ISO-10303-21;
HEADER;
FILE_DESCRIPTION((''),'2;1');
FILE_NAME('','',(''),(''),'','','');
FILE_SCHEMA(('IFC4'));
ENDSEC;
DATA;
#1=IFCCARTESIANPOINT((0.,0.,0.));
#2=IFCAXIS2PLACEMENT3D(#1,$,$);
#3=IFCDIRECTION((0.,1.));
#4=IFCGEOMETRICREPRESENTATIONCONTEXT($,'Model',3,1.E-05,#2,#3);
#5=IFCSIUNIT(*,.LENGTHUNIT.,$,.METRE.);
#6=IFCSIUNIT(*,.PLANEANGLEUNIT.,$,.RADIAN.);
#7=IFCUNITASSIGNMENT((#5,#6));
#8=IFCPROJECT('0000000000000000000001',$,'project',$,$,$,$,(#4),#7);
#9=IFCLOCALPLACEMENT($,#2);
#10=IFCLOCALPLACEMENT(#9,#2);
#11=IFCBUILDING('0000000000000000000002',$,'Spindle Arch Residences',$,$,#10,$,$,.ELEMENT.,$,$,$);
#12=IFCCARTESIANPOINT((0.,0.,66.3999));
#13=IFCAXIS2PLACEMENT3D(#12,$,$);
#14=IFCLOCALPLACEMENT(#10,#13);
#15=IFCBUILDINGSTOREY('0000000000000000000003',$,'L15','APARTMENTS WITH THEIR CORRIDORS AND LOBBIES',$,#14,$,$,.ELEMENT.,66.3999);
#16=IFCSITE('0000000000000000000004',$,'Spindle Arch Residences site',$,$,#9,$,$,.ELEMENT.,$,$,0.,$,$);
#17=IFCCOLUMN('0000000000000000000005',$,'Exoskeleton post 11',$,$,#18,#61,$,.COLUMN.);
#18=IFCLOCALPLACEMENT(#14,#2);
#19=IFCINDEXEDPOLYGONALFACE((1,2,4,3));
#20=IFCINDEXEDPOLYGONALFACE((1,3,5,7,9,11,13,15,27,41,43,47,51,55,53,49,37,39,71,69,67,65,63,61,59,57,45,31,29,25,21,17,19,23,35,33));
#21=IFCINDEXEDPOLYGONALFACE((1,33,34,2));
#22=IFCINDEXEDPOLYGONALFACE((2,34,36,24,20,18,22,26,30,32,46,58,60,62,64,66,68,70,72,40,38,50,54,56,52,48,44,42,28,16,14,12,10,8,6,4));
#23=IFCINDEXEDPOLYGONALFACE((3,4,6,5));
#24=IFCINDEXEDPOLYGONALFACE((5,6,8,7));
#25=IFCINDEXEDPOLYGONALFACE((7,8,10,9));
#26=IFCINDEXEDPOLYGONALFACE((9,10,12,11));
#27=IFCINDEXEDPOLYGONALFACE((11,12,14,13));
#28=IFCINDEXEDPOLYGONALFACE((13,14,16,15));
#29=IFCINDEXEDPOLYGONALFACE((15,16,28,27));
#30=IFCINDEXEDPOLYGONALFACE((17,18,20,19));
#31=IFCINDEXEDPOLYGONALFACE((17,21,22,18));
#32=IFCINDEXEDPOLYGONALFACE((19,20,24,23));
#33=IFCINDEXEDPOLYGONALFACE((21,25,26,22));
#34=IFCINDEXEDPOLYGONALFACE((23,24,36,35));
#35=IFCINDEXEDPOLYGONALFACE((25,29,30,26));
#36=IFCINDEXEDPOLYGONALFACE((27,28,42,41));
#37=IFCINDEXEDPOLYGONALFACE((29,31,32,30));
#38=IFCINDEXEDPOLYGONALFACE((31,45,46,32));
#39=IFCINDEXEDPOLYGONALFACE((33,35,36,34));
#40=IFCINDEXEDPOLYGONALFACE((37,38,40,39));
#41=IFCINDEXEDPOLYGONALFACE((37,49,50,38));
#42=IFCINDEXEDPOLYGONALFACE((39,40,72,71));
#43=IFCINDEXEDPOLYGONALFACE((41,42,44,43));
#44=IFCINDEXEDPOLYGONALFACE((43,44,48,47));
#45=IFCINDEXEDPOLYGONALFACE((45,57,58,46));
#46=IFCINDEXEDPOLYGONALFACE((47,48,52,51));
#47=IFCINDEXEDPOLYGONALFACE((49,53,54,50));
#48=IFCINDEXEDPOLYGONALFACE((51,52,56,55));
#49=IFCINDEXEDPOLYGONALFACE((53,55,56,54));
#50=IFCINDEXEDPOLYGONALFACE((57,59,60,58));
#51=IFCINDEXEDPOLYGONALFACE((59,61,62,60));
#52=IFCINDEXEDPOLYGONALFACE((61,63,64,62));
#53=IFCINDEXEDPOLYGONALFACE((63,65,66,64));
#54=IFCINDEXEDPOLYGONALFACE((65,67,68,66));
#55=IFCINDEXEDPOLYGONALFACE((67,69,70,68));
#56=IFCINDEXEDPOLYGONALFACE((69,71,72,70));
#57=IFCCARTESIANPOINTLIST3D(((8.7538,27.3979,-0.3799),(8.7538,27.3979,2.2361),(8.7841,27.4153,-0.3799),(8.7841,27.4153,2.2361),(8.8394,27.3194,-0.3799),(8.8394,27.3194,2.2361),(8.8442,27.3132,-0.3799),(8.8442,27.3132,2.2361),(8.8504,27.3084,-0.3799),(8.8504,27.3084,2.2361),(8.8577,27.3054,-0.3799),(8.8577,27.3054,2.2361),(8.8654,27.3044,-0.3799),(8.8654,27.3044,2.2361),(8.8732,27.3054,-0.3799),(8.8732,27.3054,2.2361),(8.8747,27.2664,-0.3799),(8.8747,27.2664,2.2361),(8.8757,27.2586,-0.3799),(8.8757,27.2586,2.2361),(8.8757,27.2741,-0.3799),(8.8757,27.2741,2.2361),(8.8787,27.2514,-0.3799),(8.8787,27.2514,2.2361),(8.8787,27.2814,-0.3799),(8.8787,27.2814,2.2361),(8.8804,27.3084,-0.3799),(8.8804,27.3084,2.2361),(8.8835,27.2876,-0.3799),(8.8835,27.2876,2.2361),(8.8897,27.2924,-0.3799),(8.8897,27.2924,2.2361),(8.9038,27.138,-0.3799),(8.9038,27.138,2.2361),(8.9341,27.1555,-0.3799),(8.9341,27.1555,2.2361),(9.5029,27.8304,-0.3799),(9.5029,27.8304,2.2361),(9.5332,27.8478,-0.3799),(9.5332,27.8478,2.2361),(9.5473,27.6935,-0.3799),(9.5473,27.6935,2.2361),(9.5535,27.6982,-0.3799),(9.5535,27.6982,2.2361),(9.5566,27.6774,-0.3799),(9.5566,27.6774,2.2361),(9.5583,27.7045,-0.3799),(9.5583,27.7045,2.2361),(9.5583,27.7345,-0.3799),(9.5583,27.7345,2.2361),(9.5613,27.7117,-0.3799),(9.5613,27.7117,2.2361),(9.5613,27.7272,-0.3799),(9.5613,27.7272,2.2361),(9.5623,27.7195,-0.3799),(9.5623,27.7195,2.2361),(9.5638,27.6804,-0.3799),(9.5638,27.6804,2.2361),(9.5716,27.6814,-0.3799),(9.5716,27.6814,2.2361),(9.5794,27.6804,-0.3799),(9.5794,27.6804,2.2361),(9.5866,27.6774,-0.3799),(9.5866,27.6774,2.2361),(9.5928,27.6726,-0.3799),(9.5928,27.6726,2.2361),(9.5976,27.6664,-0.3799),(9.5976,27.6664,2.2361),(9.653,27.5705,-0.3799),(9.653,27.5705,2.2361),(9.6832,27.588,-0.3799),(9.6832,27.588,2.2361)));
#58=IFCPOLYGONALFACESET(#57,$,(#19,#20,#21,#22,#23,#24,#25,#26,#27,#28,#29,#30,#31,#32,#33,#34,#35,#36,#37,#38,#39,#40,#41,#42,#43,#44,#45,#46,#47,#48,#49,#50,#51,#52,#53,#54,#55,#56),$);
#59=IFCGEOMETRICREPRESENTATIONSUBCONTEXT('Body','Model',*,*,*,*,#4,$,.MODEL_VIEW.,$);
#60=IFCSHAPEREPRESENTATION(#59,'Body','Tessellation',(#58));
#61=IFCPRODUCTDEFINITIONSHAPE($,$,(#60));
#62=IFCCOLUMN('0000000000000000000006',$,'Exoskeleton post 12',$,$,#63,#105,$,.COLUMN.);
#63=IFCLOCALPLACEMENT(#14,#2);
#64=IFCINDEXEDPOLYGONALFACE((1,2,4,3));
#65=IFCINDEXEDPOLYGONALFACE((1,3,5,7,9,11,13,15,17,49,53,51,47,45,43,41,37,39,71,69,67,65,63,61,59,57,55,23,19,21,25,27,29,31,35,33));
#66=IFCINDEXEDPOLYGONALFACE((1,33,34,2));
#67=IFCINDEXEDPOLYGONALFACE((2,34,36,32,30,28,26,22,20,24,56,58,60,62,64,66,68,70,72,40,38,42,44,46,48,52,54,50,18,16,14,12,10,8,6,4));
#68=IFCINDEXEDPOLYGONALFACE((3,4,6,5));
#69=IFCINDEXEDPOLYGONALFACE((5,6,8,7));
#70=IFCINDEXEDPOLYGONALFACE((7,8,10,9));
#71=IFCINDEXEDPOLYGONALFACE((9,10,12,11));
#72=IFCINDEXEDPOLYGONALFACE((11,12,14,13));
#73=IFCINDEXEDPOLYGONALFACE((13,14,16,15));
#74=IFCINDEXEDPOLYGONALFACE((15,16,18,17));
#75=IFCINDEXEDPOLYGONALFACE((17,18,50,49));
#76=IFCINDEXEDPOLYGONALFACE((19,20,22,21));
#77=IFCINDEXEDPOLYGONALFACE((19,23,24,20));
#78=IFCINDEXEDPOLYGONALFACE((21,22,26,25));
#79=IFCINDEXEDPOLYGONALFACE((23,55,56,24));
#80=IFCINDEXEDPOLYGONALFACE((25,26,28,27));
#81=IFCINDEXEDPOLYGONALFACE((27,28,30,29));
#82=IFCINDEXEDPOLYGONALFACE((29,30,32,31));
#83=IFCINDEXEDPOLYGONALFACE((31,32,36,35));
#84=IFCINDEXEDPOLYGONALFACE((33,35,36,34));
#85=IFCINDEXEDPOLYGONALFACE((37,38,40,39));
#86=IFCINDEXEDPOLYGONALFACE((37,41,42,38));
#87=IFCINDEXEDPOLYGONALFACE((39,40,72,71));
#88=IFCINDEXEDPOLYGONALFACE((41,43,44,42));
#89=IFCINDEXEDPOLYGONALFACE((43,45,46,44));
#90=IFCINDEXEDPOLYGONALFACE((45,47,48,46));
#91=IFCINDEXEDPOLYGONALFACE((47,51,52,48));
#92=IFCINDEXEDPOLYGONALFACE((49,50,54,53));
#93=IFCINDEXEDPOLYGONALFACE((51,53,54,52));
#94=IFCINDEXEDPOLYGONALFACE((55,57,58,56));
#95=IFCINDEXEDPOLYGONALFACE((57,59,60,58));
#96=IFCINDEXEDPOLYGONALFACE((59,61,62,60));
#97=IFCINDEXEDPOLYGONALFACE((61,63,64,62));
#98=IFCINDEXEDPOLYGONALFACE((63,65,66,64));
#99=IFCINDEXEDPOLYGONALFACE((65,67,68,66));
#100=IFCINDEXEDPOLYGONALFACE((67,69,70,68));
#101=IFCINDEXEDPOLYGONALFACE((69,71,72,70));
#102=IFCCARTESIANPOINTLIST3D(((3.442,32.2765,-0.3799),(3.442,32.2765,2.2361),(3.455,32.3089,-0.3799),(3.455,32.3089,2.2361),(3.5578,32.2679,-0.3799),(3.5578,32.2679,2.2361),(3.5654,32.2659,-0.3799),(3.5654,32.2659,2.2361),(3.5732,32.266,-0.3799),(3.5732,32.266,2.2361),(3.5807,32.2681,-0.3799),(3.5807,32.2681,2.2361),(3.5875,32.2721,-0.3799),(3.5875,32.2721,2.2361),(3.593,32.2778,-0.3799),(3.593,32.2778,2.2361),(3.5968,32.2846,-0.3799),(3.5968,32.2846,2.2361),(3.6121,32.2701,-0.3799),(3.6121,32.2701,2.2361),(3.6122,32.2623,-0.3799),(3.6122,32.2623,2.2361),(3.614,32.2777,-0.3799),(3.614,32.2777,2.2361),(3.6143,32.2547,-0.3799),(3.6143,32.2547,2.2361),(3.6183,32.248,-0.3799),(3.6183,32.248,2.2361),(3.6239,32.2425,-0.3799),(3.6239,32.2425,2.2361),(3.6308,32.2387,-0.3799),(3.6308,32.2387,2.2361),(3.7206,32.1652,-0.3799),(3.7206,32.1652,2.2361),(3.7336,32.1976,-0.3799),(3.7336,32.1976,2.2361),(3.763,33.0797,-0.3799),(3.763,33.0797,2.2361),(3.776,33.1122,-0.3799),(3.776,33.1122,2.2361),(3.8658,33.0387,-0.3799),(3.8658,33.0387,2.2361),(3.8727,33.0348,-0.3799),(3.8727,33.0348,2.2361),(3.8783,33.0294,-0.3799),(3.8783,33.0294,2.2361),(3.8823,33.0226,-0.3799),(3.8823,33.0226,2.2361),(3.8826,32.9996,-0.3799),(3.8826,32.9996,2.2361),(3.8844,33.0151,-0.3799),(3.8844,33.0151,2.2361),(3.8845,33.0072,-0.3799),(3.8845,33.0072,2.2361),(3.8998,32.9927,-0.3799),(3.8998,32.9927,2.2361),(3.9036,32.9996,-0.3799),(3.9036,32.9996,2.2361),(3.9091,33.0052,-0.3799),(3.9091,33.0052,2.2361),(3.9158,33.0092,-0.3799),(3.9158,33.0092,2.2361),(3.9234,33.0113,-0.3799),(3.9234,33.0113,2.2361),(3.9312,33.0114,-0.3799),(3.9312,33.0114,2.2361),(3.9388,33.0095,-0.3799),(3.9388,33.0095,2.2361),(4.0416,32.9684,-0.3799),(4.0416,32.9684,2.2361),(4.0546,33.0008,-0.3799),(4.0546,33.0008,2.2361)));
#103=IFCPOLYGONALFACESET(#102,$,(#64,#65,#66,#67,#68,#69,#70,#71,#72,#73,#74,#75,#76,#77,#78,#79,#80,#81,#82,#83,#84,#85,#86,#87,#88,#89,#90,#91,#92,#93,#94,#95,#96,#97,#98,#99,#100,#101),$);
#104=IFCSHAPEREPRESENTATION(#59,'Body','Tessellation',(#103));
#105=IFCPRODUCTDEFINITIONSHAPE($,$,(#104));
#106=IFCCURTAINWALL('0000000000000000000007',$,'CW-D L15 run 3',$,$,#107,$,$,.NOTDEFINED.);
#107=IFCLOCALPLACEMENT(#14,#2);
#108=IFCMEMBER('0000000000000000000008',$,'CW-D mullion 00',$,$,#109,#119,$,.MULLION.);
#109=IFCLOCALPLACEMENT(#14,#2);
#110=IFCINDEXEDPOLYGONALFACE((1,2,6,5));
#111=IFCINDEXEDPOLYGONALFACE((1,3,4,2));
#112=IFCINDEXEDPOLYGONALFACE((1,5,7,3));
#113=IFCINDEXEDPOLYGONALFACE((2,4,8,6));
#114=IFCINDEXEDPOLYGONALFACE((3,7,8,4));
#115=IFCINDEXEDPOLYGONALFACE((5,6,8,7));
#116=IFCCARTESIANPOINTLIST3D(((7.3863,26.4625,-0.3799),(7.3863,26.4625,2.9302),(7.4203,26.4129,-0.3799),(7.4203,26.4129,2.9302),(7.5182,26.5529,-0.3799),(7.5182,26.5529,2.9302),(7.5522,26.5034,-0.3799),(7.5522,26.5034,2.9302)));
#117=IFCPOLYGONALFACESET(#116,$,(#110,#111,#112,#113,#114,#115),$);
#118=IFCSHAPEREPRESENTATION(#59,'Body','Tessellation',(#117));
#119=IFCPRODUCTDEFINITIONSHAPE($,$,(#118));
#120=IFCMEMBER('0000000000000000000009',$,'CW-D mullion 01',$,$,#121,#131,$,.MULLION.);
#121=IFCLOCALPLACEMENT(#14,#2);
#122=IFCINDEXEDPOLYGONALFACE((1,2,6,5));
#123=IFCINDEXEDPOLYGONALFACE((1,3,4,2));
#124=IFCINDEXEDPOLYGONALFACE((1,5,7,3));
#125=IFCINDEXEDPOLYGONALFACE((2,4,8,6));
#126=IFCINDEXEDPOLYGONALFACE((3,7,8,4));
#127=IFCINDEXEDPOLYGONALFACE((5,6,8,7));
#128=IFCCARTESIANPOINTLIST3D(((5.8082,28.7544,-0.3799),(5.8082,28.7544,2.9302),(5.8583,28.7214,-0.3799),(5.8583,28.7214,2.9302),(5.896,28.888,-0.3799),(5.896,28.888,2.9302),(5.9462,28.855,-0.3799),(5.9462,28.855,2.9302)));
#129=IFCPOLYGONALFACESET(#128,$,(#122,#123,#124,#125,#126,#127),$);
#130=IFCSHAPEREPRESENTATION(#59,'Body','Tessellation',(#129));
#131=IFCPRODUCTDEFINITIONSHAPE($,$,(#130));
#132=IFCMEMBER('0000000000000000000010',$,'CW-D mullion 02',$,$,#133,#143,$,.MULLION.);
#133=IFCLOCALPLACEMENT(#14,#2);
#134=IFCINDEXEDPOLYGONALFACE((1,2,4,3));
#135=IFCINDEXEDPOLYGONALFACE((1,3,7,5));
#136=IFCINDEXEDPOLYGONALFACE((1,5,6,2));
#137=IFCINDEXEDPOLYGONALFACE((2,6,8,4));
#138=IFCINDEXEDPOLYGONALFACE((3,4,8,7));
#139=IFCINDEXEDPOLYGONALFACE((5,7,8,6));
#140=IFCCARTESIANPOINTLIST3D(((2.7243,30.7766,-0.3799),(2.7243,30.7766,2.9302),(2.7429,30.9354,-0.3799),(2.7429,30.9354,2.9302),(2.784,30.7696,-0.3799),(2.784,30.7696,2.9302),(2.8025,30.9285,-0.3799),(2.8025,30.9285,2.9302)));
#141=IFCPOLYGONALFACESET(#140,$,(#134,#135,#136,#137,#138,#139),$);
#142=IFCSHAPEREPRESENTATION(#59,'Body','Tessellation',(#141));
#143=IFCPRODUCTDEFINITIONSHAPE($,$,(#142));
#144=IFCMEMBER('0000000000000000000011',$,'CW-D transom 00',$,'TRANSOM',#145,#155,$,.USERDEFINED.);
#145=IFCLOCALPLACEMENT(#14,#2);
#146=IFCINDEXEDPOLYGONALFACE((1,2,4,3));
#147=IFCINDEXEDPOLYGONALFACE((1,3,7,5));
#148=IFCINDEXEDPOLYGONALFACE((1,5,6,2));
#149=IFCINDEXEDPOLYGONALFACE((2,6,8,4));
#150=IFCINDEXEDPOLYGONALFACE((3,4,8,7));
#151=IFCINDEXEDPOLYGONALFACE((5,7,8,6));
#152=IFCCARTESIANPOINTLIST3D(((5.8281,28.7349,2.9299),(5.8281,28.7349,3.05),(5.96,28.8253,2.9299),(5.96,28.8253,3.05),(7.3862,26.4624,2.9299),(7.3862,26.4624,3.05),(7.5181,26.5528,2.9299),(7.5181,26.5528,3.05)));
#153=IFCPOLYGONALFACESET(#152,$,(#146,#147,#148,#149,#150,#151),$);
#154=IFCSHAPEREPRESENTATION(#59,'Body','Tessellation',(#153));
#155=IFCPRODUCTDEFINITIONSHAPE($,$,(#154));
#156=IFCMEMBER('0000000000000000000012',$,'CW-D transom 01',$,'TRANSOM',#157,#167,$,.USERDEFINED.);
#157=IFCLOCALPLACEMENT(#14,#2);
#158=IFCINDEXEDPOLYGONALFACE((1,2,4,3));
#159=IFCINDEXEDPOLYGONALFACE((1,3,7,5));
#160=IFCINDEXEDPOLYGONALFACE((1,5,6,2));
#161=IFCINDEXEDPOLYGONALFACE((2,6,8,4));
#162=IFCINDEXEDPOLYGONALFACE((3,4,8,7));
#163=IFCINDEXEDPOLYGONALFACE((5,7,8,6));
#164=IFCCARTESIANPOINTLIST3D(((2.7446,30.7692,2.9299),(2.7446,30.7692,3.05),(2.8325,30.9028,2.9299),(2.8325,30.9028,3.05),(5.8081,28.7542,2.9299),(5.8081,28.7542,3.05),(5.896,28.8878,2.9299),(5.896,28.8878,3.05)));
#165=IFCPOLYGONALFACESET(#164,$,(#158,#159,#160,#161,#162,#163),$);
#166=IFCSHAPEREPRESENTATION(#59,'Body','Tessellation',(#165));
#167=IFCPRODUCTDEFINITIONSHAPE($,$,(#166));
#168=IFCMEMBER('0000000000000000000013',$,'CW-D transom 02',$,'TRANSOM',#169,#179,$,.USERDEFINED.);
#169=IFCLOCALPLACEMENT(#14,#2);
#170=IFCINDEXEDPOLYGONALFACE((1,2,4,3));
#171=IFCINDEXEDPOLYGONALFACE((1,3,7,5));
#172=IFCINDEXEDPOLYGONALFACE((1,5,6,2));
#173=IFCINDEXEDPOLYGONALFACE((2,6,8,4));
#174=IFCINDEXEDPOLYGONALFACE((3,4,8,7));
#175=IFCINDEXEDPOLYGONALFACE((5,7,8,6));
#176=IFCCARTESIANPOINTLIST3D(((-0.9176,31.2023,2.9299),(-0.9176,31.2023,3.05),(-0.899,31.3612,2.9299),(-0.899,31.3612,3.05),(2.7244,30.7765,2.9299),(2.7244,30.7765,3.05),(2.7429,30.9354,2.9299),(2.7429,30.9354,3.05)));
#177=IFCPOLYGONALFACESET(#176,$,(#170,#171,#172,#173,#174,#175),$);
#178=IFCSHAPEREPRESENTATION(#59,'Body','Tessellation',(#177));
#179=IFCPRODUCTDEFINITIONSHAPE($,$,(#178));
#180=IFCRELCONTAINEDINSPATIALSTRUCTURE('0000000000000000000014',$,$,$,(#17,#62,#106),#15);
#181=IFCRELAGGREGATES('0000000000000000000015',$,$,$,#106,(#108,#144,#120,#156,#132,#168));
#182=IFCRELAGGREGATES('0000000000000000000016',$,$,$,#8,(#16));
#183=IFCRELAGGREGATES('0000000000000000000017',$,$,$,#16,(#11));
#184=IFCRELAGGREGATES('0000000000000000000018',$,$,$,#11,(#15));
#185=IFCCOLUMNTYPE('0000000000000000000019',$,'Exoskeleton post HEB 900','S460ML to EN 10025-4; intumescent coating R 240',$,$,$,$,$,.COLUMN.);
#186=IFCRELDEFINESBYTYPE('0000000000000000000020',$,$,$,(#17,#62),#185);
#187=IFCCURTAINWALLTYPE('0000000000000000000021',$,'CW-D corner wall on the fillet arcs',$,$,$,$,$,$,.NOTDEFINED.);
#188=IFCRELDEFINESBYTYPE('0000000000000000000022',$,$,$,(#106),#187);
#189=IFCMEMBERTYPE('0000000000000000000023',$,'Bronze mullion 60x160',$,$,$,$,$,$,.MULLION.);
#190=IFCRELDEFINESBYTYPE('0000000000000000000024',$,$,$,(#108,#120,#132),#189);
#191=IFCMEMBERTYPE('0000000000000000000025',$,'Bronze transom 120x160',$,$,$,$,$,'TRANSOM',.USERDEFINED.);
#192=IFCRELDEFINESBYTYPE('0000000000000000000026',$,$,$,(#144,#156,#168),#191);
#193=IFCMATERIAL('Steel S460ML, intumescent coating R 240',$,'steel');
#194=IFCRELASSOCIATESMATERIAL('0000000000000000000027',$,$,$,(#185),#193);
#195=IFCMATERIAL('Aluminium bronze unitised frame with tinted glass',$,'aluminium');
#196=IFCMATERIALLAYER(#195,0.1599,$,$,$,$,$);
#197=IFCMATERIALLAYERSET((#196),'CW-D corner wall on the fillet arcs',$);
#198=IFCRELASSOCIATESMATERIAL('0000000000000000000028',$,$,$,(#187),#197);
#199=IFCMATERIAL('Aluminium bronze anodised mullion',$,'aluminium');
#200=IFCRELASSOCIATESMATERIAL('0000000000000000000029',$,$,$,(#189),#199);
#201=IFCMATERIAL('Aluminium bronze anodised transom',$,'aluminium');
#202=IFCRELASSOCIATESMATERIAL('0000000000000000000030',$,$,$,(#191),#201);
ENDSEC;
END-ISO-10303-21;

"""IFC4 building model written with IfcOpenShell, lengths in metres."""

from ifc_helpers import new_model, si_unit, direction, frame, origin, origin_2d, place, context, subcontext, project, spatial, rectangle, i_section, extrude, material, layer, layer_set, material_profile, profile_set, type_object, element, aggregate, save


model = new_model("IFC4")

# Units and contexts
model_context = context("Model", 3, precision=1e-05, world=origin(), true_north=direction((0.0, 1.0)))
body_context = subcontext(model_context, "Body", "Model", "MODEL_VIEW")
ifc_project = project(units=[si_unit("LENGTHUNIT", "METRE"), si_unit("PLANEANGLEUNIT", "RADIAN")], contexts=[model_context])

# Site, building, storey
site_placement = place(None, origin())
site = spatial("IfcSite", under=ifc_project, at=site_placement, Name="Spindle Arch Residences site", CompositionType="ELEMENT", RefElevation=0.0)
building_placement = place(site_placement, origin())
building = spatial("IfcBuilding", under=site, at=building_placement, Name="Spindle Arch Residences", CompositionType="ELEMENT")
storey_placement = place(building_placement, frame((0.0, 0.0, 66.3999)))
storey = spatial("IfcBuildingStorey", under=building, at=storey_placement, Name="L15", Description="APARTMENTS WITH THEIR CORRIDORS AND LOBBIES", CompositionType="ELEMENT", Elevation=66.3999)

# Columns
ifc_material_1 = material(Name="Steel S460ML, intumescent coating R 240", Category="steel")
ifc_material_profile_1 = material_profile(ifc_material_1, i_section(OverallWidth=0.3, OverallDepth=0.8999, WebThickness=0.0186, FlangeThickness=0.0349, FilletRadius=0.03, at=origin_2d()), Name="HEB 900")
ifc_profile_set_1 = profile_set([ifc_material_profile_1], Name="Steel S460ML, intumescent coating R 240")
column_type = type_object("IfcColumnType", Name="Exoskeleton post HEB 900", Description="S460ML to EN 10025-4; intumescent coating R 240", PredefinedType="COLUMN", material=ifc_profile_set_1)
for number, where, z_axis, x_axis, name in (
    (1, (9.2185, 27.4929, -0.3799), (0.0, 0.0, 1.0), (0.5, -0.866025, 0.0), "Exoskeleton post 11"),
    (2, (3.7483, 32.6387, -0.3799), (0.0, 0.0, 1.0), (0.92859, -0.371108, 0.0), "Exoskeleton post 12"),
):
    element("IfcColumn", number, at=place(storey_placement, frame(where, z_axis=z_axis, x_axis=x_axis)), inside=storey, type_object=column_type, Name=name, PredefinedType="COLUMN", context=body_context, shape_type="SweptSolid", body=[
        extrude(i_section(OverallWidth=0.3, OverallDepth=0.8999, WebThickness=0.0186, FlangeThickness=0.0349, FilletRadius=0.03, at=origin_2d()), origin(), (0.0, 0.0, 1.0), 2.616),
    ])

# Curtain wall, members
ifc_material_2 = material(Name="Aluminium bronze unitised frame with tinted glass", Category="aluminium")
ifc_layer_1 = layer(ifc_material_2, 0.1599)
ifc_layer_set_1 = layer_set([ifc_layer_1], Name="CW-D corner wall on the fillet arcs")
curtain_wall_type_1 = type_object("IfcCurtainWallType", Name="CW-D corner wall on the fillet arcs", PredefinedType="NOTDEFINED", material=ifc_layer_set_1)
curtain_wall_1_placement = place(storey_placement, origin())
curtain_wall_1 = element("IfcCurtainWall", 3, at=curtain_wall_1_placement, inside=storey, type_object=curtain_wall_type_1, Name="CW-D L15 run 3", PredefinedType="NOTDEFINED")
ifc_material_3 = material(Name="Aluminium bronze anodised mullion", Category="aluminium")
ifc_material_profile_2 = material_profile(ifc_material_3, rectangle(XDim=0.1599, YDim=0.0601, at=origin_2d()), Name="MU 60x160")
ifc_profile_set_2 = profile_set([ifc_material_profile_2], Name="Aluminium bronze anodised mullion")
member_type_1 = type_object("IfcMemberType", Name="Bronze mullion 60x160", PredefinedType="MULLION", material=ifc_profile_set_2)
member_1_placement = place(storey_placement, frame((7.4692, 26.4829, -0.3799), z_axis=(0.0, 0.0, 1.0), x_axis=(-0.824748, -0.565501, 0.0)))
member_1 = element("IfcMember", 4, at=member_1_placement, type_object=member_type_1, Name="CW-D mullion 00", PredefinedType="MULLION", context=body_context, shape_type="SweptSolid", body=[
    extrude(rectangle(XDim=0.1599, YDim=0.0601, at=origin_2d()), origin(), (0.0, 0.0, 1.0), 3.3101),
])
member_2_placement = place(storey_placement, frame((5.8772, 28.8047, -0.3799), z_axis=(0.0, 0.0, 1.0), x_axis=(-0.549509, -0.835488, 0.0)))
member_2 = element("IfcMember", 5, at=member_2_placement, type_object=member_type_1, Name="CW-D mullion 01", PredefinedType="MULLION", context=body_context, shape_type="SweptSolid", body=[
    extrude(rectangle(XDim=0.1599, YDim=0.0601, at=origin_2d()), origin(), (0.0, 0.0, 1.0), 3.3101),
])
member_3_placement = place(storey_placement, frame((2.7634, 30.8525, -0.3799), z_axis=(0.0, 0.0, 1.0), x_axis=(-0.116093, -0.993238, 0.0)))
member_3 = element("IfcMember", 6, at=member_3_placement, type_object=member_type_1, Name="CW-D mullion 02", PredefinedType="MULLION", context=body_context, shape_type="SweptSolid", body=[
    extrude(rectangle(XDim=0.1599, YDim=0.0601, at=origin_2d()), origin(), (0.0, 0.0, 1.0), 3.3101),
])
ifc_material_4 = material(Name="Aluminium bronze anodised transom", Category="aluminium")
ifc_material_profile_3 = material_profile(ifc_material_4, rectangle(XDim=0.1599, YDim=0.1201, at=origin_2d()), Name="TR 120x160")
ifc_profile_set_3 = profile_set([ifc_material_profile_3], Name="Aluminium bronze anodised transom")
member_type_2 = type_object("IfcMemberType", Name="Bronze transom 120x160", ElementType="TRANSOM", PredefinedType="USERDEFINED", material=ifc_profile_set_3)
member_4_placement = place(storey_placement, frame((7.4521, 26.5076, 2.99), z_axis=(-0.56549, 0.824755, 0.0), x_axis=(-0.824755, -0.56549, 0.0)))
member_4 = element("IfcMember", 7, at=member_4_placement, type_object=member_type_2, Name="CW-D transom 00", ObjectType="TRANSOM", PredefinedType="USERDEFINED", context=body_context, shape_type="SweptSolid", body=[
    extrude(rectangle(XDim=0.1599, YDim=0.1201, at=origin_2d()), origin(), (0.0, 0.0, 1.0), 2.7554),
])
member_5_placement = place(storey_placement, frame((5.8521, 28.821, 2.99), z_axis=(-0.835486, 0.549511, 0.0), x_axis=(-0.549511, -0.835486, 0.0)))
member_5 = element("IfcMember", 8, at=member_5_placement, type_object=member_type_2, Name="CW-D transom 01", ObjectType="TRANSOM", PredefinedType="USERDEFINED", context=body_context, shape_type="SweptSolid", body=[
    extrude(rectangle(XDim=0.1599, YDim=0.1201, at=origin_2d()), origin(), (0.0, 0.0, 1.0), 3.6667),
])
member_6_placement = place(storey_placement, frame((2.7336, 30.856, 2.99), z_axis=(-0.993235, 0.116123, 0.0), x_axis=(-0.116123, -0.993235, 0.0)))
member_6 = element("IfcMember", 9, at=member_6_placement, type_object=member_type_2, Name="CW-D transom 02", ObjectType="TRANSOM", PredefinedType="USERDEFINED", context=body_context, shape_type="SweptSolid", body=[
    extrude(rectangle(XDim=0.1599, YDim=0.1201, at=origin_2d()), origin(), (0.0, 0.0, 1.0), 3.6667),
])

aggregate(curtain_wall_1, [member_1, member_4, member_2, member_5, member_3, member_6])

save(model, "model.ifc")
